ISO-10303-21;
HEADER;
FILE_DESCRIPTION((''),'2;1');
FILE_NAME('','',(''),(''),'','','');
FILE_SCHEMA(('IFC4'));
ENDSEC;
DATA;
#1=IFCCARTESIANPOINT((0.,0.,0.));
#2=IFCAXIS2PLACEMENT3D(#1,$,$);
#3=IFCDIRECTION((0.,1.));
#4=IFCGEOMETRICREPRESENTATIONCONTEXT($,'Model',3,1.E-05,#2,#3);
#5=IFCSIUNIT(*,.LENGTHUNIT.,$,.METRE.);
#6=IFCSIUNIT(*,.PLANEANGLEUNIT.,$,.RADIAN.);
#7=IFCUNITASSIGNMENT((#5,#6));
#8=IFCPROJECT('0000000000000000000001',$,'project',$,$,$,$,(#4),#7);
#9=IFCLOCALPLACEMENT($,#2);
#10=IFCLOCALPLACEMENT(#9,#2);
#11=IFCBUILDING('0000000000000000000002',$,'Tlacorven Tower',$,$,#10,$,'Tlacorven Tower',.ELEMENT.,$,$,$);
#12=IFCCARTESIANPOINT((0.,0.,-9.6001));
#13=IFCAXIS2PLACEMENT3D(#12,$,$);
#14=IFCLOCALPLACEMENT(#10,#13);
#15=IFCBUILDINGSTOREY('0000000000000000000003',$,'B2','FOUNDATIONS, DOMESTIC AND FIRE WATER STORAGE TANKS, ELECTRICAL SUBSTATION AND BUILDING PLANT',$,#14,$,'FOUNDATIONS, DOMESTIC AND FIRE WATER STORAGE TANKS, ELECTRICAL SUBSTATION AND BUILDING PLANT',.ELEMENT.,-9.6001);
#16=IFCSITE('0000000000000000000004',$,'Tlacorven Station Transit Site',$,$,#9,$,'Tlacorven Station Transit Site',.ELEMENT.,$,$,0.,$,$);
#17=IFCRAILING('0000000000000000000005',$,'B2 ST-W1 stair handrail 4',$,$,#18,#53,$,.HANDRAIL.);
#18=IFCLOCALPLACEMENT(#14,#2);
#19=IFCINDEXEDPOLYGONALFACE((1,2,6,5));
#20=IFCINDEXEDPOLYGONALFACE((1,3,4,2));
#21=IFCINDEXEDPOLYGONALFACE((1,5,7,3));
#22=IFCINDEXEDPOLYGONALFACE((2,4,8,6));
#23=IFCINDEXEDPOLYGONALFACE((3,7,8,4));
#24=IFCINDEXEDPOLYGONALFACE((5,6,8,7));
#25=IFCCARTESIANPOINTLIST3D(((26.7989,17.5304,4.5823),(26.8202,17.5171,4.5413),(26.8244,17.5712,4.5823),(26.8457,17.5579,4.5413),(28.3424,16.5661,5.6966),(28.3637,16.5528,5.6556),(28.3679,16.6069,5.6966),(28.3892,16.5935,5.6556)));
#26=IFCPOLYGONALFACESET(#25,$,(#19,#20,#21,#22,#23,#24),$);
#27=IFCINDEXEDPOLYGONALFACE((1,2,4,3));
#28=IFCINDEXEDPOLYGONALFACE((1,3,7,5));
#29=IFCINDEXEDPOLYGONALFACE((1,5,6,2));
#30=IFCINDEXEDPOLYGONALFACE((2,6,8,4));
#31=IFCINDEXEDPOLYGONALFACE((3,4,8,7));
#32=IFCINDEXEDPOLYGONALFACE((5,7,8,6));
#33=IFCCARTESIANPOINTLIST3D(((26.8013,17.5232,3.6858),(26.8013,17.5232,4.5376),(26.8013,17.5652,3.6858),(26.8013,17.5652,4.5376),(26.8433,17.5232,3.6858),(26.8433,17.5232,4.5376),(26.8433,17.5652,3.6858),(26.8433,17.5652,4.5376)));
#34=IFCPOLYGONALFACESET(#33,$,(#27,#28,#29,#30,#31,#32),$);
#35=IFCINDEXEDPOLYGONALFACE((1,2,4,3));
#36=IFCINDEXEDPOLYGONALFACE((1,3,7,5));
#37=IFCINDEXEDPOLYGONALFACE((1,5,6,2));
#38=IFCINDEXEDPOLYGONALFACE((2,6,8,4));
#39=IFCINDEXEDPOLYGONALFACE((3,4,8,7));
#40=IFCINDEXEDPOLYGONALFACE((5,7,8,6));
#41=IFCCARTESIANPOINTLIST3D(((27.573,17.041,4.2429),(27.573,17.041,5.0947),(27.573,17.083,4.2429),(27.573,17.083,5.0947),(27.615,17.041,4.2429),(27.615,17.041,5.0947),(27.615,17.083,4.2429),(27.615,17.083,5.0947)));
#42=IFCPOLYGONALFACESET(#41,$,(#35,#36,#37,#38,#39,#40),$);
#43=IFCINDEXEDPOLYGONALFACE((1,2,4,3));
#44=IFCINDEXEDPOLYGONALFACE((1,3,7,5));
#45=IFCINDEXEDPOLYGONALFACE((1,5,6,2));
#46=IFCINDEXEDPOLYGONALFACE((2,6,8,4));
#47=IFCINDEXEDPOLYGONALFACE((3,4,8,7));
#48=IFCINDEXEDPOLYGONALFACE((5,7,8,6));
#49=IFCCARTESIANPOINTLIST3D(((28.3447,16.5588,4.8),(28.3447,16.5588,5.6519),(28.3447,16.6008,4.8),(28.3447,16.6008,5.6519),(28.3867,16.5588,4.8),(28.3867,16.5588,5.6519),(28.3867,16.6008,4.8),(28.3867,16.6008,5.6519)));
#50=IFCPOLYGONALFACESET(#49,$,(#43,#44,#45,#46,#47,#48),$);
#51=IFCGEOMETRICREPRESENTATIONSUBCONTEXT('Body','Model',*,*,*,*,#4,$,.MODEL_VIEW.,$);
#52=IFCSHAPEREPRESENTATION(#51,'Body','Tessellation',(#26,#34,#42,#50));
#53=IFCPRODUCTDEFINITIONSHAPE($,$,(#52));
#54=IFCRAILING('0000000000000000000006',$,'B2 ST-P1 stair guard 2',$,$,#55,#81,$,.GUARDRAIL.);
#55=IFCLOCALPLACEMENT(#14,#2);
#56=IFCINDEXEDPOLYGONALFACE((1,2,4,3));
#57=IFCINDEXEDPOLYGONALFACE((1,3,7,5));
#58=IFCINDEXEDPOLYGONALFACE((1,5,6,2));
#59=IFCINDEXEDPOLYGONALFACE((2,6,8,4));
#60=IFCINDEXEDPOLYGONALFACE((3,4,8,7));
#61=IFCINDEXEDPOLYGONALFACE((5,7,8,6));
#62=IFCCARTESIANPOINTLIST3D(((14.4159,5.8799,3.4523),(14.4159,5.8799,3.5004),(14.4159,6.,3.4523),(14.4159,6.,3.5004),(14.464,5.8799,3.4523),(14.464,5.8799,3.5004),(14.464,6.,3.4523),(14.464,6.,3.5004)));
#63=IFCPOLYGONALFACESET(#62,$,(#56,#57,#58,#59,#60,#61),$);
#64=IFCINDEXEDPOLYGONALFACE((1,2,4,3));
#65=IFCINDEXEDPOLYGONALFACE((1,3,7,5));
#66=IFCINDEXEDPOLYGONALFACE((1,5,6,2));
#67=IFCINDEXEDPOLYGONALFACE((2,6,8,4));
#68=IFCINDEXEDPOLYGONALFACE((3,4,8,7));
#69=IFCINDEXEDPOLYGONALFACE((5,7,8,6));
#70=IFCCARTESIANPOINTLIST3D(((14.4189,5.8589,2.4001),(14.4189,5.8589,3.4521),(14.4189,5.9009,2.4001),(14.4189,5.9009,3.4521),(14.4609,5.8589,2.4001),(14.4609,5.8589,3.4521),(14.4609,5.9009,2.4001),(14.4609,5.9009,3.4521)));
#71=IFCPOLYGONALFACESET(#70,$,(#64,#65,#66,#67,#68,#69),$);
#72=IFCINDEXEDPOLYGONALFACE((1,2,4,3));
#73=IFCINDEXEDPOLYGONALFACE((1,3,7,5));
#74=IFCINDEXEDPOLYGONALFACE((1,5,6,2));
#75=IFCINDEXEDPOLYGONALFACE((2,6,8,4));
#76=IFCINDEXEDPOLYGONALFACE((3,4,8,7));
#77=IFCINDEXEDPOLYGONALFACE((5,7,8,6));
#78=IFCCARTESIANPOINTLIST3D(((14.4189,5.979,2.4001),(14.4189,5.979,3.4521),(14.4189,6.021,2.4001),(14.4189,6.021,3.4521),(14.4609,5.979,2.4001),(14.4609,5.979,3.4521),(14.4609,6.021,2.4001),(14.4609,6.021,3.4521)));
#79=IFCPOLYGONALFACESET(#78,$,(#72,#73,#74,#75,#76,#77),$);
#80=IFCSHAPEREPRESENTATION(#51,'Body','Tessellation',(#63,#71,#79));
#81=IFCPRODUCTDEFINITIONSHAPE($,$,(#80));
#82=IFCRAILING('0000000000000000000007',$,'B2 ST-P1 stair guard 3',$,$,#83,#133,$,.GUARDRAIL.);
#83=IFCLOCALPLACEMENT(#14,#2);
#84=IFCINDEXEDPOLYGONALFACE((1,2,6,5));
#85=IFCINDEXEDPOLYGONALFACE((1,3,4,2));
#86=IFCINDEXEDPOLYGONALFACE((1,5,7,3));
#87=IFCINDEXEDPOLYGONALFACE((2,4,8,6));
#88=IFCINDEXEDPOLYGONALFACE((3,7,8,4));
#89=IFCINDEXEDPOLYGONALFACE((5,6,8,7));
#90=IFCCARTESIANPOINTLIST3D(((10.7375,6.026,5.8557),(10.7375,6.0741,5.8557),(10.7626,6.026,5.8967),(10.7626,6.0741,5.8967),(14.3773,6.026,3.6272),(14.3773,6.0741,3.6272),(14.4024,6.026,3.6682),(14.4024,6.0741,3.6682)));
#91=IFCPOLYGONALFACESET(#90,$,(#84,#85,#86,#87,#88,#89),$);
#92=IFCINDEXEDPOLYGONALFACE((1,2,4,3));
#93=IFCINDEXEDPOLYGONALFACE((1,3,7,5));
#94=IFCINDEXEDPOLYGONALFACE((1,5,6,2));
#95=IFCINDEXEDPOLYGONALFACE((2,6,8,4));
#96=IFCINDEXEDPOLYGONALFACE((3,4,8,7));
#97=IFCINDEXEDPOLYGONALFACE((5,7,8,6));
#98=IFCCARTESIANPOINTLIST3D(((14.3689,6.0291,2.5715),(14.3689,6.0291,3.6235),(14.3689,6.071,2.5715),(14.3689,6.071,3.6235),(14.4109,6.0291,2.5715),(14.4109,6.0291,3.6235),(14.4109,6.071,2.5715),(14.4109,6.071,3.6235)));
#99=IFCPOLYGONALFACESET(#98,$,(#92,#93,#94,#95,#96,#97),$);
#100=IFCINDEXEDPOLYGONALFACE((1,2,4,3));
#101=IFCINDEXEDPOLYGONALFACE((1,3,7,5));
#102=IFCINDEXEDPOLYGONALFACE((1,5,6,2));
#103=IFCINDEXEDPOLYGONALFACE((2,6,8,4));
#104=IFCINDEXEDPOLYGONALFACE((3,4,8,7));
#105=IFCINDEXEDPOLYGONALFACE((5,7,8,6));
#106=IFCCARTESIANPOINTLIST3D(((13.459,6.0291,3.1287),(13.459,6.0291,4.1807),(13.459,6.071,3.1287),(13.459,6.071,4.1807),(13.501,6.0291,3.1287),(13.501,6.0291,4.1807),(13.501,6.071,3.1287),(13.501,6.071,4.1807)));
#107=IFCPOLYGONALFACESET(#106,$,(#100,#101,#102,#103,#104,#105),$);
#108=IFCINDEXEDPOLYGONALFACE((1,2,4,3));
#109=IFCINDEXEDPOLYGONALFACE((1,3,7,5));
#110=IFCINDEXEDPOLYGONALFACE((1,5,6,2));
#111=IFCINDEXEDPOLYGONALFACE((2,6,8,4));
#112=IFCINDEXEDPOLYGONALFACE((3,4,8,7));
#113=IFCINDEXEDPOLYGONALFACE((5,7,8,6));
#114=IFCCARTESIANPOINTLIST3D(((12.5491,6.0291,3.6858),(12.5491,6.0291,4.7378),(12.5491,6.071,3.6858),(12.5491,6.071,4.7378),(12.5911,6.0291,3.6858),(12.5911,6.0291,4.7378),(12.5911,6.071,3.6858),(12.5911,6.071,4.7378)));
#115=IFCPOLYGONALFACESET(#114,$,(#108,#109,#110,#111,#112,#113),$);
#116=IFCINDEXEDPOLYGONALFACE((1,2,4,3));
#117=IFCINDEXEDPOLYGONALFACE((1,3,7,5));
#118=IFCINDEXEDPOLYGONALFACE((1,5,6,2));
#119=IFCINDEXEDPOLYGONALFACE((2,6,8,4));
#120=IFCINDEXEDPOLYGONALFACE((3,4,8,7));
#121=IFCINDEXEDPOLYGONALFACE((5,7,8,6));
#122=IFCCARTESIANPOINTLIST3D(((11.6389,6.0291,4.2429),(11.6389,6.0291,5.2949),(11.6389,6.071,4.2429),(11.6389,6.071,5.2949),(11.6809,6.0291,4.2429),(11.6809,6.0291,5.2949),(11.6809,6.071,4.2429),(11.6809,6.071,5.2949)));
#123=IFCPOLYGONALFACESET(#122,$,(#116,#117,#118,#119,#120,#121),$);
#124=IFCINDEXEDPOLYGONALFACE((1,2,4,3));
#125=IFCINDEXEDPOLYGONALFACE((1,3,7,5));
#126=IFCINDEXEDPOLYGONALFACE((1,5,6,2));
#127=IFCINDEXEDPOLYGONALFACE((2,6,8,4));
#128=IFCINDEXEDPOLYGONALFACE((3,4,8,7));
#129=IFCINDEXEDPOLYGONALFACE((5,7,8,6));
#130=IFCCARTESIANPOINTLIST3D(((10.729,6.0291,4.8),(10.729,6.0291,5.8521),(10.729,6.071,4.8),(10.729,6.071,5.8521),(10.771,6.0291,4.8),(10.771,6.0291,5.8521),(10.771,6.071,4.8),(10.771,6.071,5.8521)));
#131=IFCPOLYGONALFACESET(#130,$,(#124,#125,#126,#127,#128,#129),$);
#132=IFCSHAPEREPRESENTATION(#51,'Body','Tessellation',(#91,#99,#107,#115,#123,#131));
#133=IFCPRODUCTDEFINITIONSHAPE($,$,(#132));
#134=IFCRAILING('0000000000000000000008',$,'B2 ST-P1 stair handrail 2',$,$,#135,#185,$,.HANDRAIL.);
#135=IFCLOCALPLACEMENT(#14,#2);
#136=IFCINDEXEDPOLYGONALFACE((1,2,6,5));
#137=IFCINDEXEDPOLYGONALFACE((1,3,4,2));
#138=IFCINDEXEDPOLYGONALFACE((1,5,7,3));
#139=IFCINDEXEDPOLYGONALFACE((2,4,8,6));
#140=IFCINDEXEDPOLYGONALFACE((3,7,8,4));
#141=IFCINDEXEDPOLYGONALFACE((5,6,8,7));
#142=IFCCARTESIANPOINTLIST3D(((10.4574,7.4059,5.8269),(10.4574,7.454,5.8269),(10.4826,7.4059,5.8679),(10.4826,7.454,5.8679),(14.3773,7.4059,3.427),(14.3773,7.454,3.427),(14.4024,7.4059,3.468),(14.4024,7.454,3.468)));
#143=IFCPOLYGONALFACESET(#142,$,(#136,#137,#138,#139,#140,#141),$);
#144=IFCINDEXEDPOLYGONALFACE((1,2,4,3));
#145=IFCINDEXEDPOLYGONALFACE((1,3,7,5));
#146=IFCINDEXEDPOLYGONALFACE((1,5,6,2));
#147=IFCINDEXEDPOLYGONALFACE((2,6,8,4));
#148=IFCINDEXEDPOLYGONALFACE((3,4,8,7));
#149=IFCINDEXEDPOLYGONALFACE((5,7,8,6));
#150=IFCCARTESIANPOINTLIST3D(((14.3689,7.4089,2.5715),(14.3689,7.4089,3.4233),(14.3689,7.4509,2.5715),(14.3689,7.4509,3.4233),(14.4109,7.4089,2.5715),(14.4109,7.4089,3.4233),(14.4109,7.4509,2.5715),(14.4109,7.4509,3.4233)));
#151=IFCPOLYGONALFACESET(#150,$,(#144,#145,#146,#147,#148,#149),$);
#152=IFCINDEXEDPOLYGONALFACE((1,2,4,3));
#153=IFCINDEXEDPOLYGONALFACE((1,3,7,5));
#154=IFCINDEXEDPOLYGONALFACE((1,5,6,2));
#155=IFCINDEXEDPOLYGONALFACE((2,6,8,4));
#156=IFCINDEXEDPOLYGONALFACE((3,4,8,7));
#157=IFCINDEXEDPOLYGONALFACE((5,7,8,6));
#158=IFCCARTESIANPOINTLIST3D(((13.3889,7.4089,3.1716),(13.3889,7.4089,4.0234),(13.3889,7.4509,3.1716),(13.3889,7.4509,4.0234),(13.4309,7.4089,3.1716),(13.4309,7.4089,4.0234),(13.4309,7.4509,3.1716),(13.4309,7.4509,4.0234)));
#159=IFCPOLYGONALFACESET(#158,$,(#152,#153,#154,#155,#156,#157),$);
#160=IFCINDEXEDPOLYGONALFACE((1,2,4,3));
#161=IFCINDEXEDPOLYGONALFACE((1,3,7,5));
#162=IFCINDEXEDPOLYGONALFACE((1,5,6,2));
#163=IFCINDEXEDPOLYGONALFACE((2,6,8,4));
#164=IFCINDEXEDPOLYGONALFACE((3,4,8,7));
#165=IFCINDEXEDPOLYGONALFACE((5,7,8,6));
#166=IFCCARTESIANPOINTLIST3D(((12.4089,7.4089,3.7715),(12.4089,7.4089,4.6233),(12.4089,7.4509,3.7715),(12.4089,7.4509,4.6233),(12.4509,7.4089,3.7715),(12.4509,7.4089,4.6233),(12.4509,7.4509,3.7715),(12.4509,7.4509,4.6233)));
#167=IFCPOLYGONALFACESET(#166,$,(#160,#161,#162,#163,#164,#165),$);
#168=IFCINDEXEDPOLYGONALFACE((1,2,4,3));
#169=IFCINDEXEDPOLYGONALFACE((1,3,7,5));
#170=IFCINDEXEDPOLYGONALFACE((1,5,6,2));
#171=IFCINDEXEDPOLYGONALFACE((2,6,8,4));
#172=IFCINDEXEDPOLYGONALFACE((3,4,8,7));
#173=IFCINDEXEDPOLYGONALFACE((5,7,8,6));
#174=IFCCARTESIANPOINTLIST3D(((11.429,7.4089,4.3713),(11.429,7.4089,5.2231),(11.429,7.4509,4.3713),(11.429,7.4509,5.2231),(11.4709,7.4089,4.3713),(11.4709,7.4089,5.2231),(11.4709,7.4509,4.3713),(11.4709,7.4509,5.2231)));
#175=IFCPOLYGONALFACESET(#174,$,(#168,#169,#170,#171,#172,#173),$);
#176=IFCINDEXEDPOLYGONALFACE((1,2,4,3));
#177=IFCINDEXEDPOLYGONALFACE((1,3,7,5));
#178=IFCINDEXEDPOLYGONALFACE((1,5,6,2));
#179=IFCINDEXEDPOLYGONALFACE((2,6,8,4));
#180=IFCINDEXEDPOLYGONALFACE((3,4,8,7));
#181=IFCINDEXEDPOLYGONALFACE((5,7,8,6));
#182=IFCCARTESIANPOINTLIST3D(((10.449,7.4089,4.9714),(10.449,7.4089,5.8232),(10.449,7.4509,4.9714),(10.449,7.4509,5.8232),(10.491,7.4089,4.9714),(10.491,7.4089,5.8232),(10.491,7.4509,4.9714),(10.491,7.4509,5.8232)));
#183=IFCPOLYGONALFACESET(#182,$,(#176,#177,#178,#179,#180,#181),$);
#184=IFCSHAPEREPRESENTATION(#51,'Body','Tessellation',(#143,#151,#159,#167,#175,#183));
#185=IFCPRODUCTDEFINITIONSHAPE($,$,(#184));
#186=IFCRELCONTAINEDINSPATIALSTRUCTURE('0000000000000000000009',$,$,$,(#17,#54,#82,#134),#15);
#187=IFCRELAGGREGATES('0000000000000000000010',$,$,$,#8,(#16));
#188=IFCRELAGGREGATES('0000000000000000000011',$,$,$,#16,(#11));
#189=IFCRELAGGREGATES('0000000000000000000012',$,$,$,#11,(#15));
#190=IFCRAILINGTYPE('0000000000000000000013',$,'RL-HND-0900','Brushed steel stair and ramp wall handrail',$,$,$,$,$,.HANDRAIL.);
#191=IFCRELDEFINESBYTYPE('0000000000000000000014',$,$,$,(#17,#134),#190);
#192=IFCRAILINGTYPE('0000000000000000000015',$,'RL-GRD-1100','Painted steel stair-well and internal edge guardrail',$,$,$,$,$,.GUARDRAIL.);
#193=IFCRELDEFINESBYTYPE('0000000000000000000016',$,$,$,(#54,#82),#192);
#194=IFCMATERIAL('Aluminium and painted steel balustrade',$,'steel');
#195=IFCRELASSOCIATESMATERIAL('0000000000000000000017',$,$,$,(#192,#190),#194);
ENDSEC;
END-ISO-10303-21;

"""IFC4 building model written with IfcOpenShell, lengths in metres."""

from ifc_helpers import new_model, si_unit, direction, frame, origin, origin_2d, place, context, subcontext, project, spatial, rectangle, extrude, source, transform, mapped, material, type_object, element, save


model = new_model("IFC4")

# Units and contexts
model_context = context("Model", 3, precision=1e-05, world=origin(), true_north=direction((0.0, 1.0)))
body_context = subcontext(model_context, "Body", "Model", "MODEL_VIEW")
ifc_project = project(units=[si_unit("LENGTHUNIT", "METRE"), si_unit("PLANEANGLEUNIT", "RADIAN")], contexts=[model_context])

# Site, building, storey
site_placement = place(None, origin())
site = spatial("IfcSite", under=ifc_project, at=site_placement, Name="Tlacorven Station Transit Site", LongName="Tlacorven Station Transit Site", CompositionType="ELEMENT", RefElevation=0.0)
building_placement = place(site_placement, origin())
building = spatial("IfcBuilding", under=site, at=building_placement, Name="Tlacorven Tower", LongName="Tlacorven Tower", CompositionType="ELEMENT")
storey_placement = place(building_placement, frame((0.0, 0.0, -9.6001)))
storey = spatial("IfcBuildingStorey", under=building, at=storey_placement, Name="B2", Description="FOUNDATIONS, DOMESTIC AND FIRE WATER STORAGE TANKS, ELECTRICAL SUBSTATION AND BUILDING PLANT", LongName="FOUNDATIONS, DOMESTIC AND FIRE WATER STORAGE TANKS, ELECTRICAL SUBSTATION AND BUILDING PLANT", CompositionType="ELEMENT", Elevation=-9.6001)

# Railings
ifc_material_1 = material(Name="Aluminium and painted steel balustrade", Category="steel")
railing_type_1 = type_object("IfcRailingType", Name="RL-GRD-1100", Description="Painted steel stair-well and internal edge guardrail", PredefinedType="GUARDRAIL", material=ifc_material_1)
railing_type_2 = type_object("IfcRailingType", Name="RL-HND-0900", Description="Brushed steel stair and ramp wall handrail", PredefinedType="HANDRAIL", material=ifc_material_1)
shared_shape_1 = source(origin(), body_context, "Body", "SweptSolid", [
    extrude(rectangle(XDim=0.0481, YDim=0.0481, at=origin_2d()), frame((0.0, 0.0, 0.876), z_axis=(0.723281, -0.451908, 0.522153), x_axis=(0.529878, 0.848074, 0.0)), (0.0, 0.0, 1.0), 2.134),
    extrude(rectangle(XDim=0.042, YDim=0.042, at=origin_2d()), origin(), (0.0, 0.0, 1.0), 0.8518),
    extrude(rectangle(XDim=0.042, YDim=0.042, at=origin_2d()), frame((0.7717, -0.4822, 0.5571)), (0.0, 0.0, 1.0), 0.8518),
    extrude(rectangle(XDim=0.042, YDim=0.042, at=origin_2d()), frame((1.5435, -0.9644, 1.1143)), (0.0, 0.0, 1.0), 0.8518),
])
railing_1_placement = place(storey_placement, frame((26.8223, 17.5442, 3.6858)))
element("IfcRailing", 1, at=railing_1_placement, inside=storey, type_object=railing_type_2, Name="B2 ST-W1 stair handrail 4", PredefinedType="HANDRAIL", context=body_context, shape_type="MappedRepresentation", body=[
    mapped(shared_shape_1, transform((0.0, 0.0, 0.0), scale=1.0)),
])
shared_shape_2 = source(origin(), body_context, "Body", "SweptSolid", [
    extrude(rectangle(XDim=0.0481, YDim=0.0481, at=origin_2d()), frame((0.0, 0.0, 1.0762), z_axis=(0.0, 1.0, 0.0), x_axis=(-1.0, 0.0, 0.0)), (0.0, 0.0, 1.0), 0.1201),
    extrude(rectangle(XDim=0.042, YDim=0.042, at=origin_2d()), origin(), (0.0, 0.0, 1.0), 1.052),
    extrude(rectangle(XDim=0.042, YDim=0.042, at=origin_2d()), frame((0.0, 0.1201, 0.0)), (0.0, 0.0, 1.0), 1.052),
])
railing_2_placement = place(storey_placement, frame((14.4399, 5.8799, 2.4001)))
element("IfcRailing", 2, at=railing_2_placement, inside=storey, type_object=railing_type_1, Name="B2 ST-P1 stair guard 2", PredefinedType="GUARDRAIL", context=body_context, shape_type="MappedRepresentation", body=[
    mapped(shared_shape_2, transform((0.0, 0.0, 0.0), scale=1.0)),
])
shared_shape_3 = source(origin(), body_context, "Body", "SweptSolid", [
    extrude(rectangle(XDim=0.0481, YDim=0.0481, at=origin_2d()), frame((0.0, 0.0, 1.0762), z_axis=(-0.85285, 0.0, 0.522156), x_axis=(0.0, -1.0, 0.0)), (0.0, 0.0, 1.0), 4.2678),
    extrude(rectangle(XDim=0.042, YDim=0.042, at=origin_2d()), origin(), (0.0, 0.0, 1.0), 1.052),
    extrude(rectangle(XDim=0.042, YDim=0.042, at=origin_2d()), frame((-0.9099, 0.0, 0.5571)), (0.0, 0.0, 1.0), 1.052),
    extrude(rectangle(XDim=0.042, YDim=0.042, at=origin_2d()), frame((-1.8198, 0.0, 1.1143)), (0.0, 0.0, 1.0), 1.052),
    extrude(rectangle(XDim=0.042, YDim=0.042, at=origin_2d()), frame((-2.73, 0.0, 1.6714)), (0.0, 0.0, 1.0), 1.052),
    extrude(rectangle(XDim=0.042, YDim=0.042, at=origin_2d()), frame((-3.6399, 0.0, 2.2285)), (0.0, 0.0, 1.0), 1.052),
])
railing_3_placement = place(storey_placement, frame((14.3899, 6.05, 2.5715)))
element("IfcRailing", 3, at=railing_3_placement, inside=storey, type_object=railing_type_1, Name="B2 ST-P1 stair guard 3", PredefinedType="GUARDRAIL", context=body_context, shape_type="MappedRepresentation", body=[
    mapped(shared_shape_3, transform((0.0, 0.0, 0.0), scale=1.0)),
])
shared_shape_4 = source(origin(), body_context, "Body", "SweptSolid", [
    extrude(rectangle(XDim=0.0481, YDim=0.0481, at=origin_2d()), frame((0.0, 0.0, 0.876), z_axis=(-0.852856, 0.0, 0.522146), x_axis=(0.0, -1.0, 0.0)), (0.0, 0.0, 1.0), 4.5962),
    extrude(rectangle(XDim=0.042, YDim=0.042, at=origin_2d()), origin(), (0.0, 0.0, 1.0), 0.8518),
    extrude(rectangle(XDim=0.042, YDim=0.042, at=origin_2d()), frame((-0.98, 0.0, 0.6001)), (0.0, 0.0, 1.0), 0.8518),
    extrude(rectangle(XDim=0.042, YDim=0.042, at=origin_2d()), frame((-1.96, 0.0, 1.2)), (0.0, 0.0, 1.0), 0.8518),
    extrude(rectangle(XDim=0.042, YDim=0.042, at=origin_2d()), frame((-2.9399, 0.0, 1.7998)), (0.0, 0.0, 1.0), 0.8518),
    extrude(rectangle(XDim=0.042, YDim=0.042, at=origin_2d()), frame((-3.9199, 0.0, 2.3999)), (0.0, 0.0, 1.0), 0.8518),
])
railing_4_placement = place(storey_placement, frame((14.3899, 7.4299, 2.5715)))
element("IfcRailing", 4, at=railing_4_placement, inside=storey, type_object=railing_type_2, Name="B2 ST-P1 stair handrail 2", PredefinedType="HANDRAIL", context=body_context, shape_type="MappedRepresentation", body=[
    mapped(shared_shape_4, transform((0.0, 0.0, 0.0), scale=1.0)),
])

save(model, "model.ifc")
